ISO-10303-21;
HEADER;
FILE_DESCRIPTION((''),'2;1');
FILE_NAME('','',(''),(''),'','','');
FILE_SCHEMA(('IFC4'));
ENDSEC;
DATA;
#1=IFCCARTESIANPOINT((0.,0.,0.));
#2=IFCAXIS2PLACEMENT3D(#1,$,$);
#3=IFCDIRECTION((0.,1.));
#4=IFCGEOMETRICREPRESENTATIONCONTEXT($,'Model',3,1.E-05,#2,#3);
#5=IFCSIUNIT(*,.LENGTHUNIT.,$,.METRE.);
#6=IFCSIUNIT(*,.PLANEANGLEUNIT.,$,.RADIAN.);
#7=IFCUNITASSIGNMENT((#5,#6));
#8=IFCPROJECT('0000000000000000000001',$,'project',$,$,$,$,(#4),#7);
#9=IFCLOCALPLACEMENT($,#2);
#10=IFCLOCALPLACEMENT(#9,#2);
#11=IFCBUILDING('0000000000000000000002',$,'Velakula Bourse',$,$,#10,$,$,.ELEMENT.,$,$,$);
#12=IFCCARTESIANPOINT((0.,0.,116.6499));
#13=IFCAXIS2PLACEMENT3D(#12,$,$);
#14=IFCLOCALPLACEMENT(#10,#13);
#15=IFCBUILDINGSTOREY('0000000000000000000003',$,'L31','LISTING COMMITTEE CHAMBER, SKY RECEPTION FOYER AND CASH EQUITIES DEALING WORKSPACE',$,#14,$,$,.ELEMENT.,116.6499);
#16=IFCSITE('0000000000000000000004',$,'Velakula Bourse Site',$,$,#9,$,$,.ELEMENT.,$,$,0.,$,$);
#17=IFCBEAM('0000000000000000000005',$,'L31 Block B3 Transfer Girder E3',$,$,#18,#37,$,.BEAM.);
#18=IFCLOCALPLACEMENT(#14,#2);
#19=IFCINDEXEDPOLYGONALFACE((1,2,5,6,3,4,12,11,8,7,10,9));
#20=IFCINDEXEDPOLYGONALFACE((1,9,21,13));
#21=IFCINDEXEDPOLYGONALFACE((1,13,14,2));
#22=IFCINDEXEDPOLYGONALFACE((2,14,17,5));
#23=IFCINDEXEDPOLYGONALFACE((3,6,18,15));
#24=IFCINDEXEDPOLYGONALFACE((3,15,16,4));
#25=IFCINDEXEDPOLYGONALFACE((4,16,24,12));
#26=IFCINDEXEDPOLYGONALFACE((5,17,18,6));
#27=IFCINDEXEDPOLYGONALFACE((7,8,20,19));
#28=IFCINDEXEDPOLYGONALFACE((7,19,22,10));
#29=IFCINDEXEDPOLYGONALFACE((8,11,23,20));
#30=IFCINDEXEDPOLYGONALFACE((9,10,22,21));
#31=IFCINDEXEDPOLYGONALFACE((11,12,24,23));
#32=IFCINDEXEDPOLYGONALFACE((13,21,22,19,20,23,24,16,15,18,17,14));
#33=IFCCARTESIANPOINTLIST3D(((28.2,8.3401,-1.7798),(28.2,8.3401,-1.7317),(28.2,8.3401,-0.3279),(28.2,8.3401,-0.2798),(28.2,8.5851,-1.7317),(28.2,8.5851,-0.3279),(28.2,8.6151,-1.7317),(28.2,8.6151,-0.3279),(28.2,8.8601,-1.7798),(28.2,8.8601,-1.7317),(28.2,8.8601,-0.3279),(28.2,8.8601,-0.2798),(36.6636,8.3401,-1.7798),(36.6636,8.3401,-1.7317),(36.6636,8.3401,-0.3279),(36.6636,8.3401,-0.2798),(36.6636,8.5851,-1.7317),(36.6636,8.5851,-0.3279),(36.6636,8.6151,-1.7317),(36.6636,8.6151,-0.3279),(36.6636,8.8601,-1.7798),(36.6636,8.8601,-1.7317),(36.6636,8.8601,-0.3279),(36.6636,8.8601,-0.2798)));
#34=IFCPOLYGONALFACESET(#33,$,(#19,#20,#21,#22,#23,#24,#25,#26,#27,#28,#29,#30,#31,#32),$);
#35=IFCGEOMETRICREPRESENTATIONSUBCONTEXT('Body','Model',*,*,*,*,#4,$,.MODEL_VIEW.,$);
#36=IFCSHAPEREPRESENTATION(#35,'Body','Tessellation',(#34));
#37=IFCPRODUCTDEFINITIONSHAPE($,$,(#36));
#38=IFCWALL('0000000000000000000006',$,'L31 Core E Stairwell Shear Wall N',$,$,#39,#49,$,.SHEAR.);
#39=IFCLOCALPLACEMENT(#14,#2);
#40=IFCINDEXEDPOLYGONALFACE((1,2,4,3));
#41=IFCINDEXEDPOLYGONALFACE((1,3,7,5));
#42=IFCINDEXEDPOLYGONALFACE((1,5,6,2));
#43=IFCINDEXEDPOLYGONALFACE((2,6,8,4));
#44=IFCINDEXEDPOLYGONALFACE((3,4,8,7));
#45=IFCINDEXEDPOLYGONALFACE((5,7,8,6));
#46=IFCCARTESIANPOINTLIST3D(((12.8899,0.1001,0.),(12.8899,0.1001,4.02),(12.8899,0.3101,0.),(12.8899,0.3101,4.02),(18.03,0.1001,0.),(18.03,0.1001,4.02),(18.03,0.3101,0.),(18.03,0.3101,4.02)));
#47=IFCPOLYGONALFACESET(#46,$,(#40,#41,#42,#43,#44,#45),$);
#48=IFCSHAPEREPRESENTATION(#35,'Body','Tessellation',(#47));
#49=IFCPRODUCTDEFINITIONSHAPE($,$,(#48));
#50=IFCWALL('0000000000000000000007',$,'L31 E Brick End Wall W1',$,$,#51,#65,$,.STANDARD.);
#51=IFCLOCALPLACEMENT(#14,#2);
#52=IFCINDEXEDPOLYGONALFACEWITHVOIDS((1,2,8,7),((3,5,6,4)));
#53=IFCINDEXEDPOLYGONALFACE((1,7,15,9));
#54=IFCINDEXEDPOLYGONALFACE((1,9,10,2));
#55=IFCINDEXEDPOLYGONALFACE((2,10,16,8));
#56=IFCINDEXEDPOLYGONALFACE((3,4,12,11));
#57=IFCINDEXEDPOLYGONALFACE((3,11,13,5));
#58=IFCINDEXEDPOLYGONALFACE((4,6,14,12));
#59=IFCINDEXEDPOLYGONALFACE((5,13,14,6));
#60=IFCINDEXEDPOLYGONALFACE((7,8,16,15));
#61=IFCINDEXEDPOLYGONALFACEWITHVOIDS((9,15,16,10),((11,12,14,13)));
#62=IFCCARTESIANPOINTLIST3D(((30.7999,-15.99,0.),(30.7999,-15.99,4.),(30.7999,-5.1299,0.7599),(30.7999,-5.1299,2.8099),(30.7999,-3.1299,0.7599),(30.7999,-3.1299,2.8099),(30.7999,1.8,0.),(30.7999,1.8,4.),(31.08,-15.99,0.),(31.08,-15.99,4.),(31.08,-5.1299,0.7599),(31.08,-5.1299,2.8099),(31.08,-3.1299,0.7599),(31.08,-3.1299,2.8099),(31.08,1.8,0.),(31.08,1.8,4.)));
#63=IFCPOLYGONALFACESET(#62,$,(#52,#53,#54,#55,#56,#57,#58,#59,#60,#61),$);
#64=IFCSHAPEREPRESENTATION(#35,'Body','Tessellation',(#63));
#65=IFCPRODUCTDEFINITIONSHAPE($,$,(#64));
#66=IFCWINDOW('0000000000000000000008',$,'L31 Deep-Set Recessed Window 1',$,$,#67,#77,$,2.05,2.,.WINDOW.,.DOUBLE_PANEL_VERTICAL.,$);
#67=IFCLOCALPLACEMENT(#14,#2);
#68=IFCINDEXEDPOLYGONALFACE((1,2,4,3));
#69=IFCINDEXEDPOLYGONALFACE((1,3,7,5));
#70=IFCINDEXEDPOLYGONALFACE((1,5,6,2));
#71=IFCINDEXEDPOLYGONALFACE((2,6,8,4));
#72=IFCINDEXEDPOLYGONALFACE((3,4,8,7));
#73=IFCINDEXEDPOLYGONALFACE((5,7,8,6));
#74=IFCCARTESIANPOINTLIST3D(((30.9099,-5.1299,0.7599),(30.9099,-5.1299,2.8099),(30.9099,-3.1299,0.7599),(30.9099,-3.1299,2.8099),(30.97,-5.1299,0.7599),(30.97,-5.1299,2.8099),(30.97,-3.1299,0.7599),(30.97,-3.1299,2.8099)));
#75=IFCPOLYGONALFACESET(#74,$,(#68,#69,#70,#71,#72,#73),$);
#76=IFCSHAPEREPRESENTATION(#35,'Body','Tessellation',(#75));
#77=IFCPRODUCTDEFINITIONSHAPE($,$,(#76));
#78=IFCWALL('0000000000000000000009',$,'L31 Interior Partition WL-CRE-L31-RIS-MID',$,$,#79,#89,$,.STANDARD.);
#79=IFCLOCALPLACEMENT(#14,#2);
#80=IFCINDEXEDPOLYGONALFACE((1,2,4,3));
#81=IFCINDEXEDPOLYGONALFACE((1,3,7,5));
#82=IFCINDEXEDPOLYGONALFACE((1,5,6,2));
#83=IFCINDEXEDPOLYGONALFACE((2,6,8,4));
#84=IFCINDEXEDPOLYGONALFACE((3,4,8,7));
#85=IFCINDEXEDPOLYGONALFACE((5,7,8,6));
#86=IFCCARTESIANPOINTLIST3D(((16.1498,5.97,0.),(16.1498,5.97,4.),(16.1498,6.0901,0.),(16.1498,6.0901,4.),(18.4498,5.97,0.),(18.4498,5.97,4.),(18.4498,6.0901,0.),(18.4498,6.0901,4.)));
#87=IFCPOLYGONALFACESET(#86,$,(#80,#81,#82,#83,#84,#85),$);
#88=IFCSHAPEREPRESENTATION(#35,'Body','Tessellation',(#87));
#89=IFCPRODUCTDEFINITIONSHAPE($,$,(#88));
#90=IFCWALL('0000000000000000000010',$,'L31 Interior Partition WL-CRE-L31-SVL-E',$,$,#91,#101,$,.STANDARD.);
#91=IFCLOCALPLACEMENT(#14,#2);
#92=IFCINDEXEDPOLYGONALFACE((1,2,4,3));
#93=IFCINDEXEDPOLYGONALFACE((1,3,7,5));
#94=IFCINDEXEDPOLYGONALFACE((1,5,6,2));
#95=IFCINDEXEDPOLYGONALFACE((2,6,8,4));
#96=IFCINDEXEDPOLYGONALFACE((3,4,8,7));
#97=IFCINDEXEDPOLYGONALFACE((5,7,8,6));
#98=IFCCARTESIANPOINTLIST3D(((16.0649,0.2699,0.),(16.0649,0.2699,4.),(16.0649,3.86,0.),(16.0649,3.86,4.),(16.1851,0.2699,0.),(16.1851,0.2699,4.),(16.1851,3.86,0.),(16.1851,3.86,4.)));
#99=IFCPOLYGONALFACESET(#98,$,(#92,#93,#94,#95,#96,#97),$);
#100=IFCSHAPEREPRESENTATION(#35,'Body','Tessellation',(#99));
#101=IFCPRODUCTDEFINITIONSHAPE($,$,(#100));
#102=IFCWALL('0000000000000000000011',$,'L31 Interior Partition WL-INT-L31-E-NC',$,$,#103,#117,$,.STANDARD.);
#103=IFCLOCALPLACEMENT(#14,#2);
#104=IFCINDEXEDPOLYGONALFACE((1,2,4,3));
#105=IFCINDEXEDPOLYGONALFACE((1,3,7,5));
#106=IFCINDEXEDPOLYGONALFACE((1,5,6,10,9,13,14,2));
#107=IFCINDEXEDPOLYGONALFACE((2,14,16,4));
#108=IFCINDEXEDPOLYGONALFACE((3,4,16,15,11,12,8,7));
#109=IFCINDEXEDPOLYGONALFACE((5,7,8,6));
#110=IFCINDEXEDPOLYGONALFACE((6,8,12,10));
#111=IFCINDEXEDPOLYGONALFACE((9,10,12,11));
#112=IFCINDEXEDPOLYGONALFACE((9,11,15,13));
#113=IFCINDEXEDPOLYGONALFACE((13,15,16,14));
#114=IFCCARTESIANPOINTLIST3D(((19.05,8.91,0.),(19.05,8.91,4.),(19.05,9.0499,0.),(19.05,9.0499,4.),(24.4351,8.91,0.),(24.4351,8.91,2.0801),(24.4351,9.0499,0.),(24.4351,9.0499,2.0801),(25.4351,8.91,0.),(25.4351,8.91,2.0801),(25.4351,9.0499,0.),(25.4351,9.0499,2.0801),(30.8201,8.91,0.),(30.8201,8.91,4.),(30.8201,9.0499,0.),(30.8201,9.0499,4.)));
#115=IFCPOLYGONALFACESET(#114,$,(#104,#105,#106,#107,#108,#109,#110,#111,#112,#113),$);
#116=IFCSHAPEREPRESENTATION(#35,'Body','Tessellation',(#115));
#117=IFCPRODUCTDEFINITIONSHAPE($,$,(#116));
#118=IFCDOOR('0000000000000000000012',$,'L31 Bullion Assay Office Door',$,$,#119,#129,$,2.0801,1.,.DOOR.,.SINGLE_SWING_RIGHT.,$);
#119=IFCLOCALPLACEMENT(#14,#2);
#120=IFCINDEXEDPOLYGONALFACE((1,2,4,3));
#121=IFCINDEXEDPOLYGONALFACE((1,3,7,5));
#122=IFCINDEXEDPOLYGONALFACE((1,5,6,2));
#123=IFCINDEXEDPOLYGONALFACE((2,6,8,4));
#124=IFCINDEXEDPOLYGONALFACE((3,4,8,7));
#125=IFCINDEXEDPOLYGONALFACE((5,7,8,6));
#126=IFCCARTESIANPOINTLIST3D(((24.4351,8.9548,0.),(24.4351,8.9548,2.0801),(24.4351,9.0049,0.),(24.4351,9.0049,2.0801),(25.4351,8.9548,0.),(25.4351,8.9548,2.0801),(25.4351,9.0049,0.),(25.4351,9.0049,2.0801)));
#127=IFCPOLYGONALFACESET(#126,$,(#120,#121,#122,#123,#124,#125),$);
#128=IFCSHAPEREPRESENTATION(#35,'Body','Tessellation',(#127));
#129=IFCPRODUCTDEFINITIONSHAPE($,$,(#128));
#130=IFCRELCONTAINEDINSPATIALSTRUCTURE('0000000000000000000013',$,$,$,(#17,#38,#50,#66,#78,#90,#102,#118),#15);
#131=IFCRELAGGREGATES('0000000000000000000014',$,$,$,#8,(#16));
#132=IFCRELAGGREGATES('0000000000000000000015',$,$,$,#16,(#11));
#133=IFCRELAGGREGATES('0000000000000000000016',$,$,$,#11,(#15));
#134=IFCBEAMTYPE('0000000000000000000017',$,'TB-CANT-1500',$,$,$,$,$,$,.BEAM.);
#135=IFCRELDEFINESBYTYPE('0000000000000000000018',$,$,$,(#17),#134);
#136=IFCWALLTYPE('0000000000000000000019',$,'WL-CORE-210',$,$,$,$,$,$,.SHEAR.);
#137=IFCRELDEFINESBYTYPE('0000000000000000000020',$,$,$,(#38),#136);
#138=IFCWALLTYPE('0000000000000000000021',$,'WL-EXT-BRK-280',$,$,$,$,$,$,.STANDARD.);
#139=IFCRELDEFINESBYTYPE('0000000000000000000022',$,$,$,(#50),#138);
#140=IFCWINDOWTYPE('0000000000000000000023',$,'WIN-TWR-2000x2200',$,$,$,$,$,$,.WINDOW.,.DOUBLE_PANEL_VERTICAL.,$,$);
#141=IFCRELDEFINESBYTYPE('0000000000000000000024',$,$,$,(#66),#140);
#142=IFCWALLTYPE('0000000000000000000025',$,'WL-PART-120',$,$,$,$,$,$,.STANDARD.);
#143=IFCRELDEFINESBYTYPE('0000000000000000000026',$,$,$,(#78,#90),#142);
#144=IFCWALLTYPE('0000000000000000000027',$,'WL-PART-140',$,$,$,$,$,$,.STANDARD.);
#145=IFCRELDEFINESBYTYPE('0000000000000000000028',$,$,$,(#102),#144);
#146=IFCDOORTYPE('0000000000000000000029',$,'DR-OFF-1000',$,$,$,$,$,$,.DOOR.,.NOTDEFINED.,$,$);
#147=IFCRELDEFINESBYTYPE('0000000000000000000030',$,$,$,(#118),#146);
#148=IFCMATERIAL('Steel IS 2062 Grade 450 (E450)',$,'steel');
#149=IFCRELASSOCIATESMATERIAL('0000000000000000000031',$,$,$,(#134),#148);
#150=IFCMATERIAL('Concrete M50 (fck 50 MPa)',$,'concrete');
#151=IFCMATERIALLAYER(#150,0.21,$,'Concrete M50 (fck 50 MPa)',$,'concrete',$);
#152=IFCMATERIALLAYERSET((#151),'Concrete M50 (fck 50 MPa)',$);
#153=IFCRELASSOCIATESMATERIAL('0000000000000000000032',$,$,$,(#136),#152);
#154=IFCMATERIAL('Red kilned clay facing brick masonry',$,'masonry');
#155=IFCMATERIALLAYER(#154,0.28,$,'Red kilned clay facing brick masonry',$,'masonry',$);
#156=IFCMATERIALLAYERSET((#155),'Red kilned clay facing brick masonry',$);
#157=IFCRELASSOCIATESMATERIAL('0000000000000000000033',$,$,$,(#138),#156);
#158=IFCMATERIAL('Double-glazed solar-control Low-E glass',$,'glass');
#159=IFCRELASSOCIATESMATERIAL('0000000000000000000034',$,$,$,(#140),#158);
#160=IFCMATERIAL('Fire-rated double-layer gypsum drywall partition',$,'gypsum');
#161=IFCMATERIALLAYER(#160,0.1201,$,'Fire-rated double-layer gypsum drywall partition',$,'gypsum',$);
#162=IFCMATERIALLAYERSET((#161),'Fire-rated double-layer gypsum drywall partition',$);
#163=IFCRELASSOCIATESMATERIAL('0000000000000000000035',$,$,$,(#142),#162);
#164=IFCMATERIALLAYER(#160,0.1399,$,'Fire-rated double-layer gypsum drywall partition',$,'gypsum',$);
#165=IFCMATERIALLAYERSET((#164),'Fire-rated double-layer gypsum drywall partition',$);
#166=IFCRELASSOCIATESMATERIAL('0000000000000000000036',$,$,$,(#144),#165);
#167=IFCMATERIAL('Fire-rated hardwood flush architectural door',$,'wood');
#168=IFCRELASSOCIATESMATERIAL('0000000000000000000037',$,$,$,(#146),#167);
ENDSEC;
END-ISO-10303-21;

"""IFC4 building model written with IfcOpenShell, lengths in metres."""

from ifc_helpers import new_model, si_unit, direction, frame, frame_2d, origin, origin_2d, place, context, subcontext, project, spatial, rectangle, i_section, extrude, material, layer, layer_set, material_profile, profile_set, type_object, element, fill, save


model = new_model("IFC4")

# Units and contexts
model_context = context("Model", 3, precision=1e-05, world=origin(), true_north=direction((0.0, 1.0)))
body_context = subcontext(model_context, "Body", "Model", "MODEL_VIEW")
ifc_project = project(units=[si_unit("LENGTHUNIT", "METRE"), si_unit("PLANEANGLEUNIT", "RADIAN")], contexts=[model_context])

# Site, building, storey
site_placement = place(None, origin())
site = spatial("IfcSite", under=ifc_project, at=site_placement, Name="Velakula Bourse Site", CompositionType="ELEMENT", RefElevation=0.0)
building_placement = place(site_placement, origin())
building = spatial("IfcBuilding", under=site, at=building_placement, Name="Velakula Bourse", CompositionType="ELEMENT")
storey_placement = place(building_placement, frame((0.0, 0.0, 116.6499)))
storey = spatial("IfcBuildingStorey", under=building, at=storey_placement, Name="L31", Description="LISTING COMMITTEE CHAMBER, SKY RECEPTION FOYER AND CASH EQUITIES DEALING WORKSPACE", CompositionType="ELEMENT", Elevation=116.6499)

# Beam
ifc_material_1 = material(Name="Concrete M50 (fck 50 MPa)", Category="concrete")
ifc_material_2 = material(Name="Steel IS 2062 Grade 450 (E450)", Category="steel")
ifc_material_profile_1 = material_profile(ifc_material_2, i_section(OverallWidth=0.52, OverallDepth=1.5, WebThickness=0.03, FlangeThickness=0.0481, at=origin_2d()), Name="Steel IS 2062 Grade 450 (E450)")
ifc_profile_set_1 = profile_set([ifc_material_profile_1], Name="Steel IS 2062 Grade 450 (E450)")
beam_type_1 = type_object("IfcBeamType", Name="TB-CANT-1500", PredefinedType="BEAM", material=ifc_profile_set_1)
beam_1_placement = place(storey_placement, frame((28.2, 8.6001, -1.0298), z_axis=(1.0, 0.0, 0.0), x_axis=(0.0, 1.0, 0.0)))
element("IfcBeam", 1, at=beam_1_placement, inside=storey, type_object=beam_type_1, Name="L31 Block B3 Transfer Girder E3", PredefinedType="BEAM", context=body_context, shape_type="SweptSolid", body=[
    extrude(i_section(OverallWidth=0.52, OverallDepth=1.5, WebThickness=0.03, FlangeThickness=0.0481, at=origin_2d()), origin(), (0.0, 0.0, 1.0), 8.4636),
])

# Wall
ifc_layer_1 = layer(ifc_material_1, 0.21, Name="Concrete M50 (fck 50 MPa)", Category="concrete")
ifc_layer_set_1 = layer_set([ifc_layer_1], Name="Concrete M50 (fck 50 MPa)")
wall_type_1 = type_object("IfcWallType", Name="WL-CORE-210", PredefinedType="SHEAR", material=ifc_layer_set_1)
wall_1_placement = place(storey_placement, frame((18.03, 0.2051, 0.0), z_axis=(0.0, 0.0, 1.0), x_axis=(-1.0, 0.0, 0.0)))
element("IfcWall", 2, at=wall_1_placement, inside=storey, type_object=wall_type_1, Name="L31 Core E Stairwell Shear Wall N", PredefinedType="SHEAR", context=body_context, shape_type="SweptSolid", body=[
    extrude(rectangle(XDim=5.1401, YDim=0.21, at=frame_2d((2.5701, 0.0))), origin(), (0.0, 0.0, 1.0), 4.02),
])

# Wall, opening, window
ifc_material_3 = material(Name="Red kilned clay facing brick masonry", Category="masonry")
ifc_layer_2 = layer(ifc_material_3, 0.28, Name="Red kilned clay facing brick masonry", Category="masonry")
ifc_layer_set_2 = layer_set([ifc_layer_2], Name="Red kilned clay facing brick masonry")
wall_type_2 = type_object("IfcWallType", Name="WL-EXT-BRK-280", PredefinedType="STANDARD", material=ifc_layer_set_2)
wall_2_placement = place(storey_placement, frame((30.9399, 1.8, 0.0), z_axis=(0.0, 0.0, 1.0), x_axis=(0.0, -1.0, 0.0)))
wall_2 = element("IfcWall", 3, at=wall_2_placement, inside=storey, type_object=wall_type_2, Name="L31 E Brick End Wall W1", PredefinedType="STANDARD", context=body_context, shape_type="SweptSolid", body=[
    extrude(rectangle(XDim=17.79, YDim=0.28, at=frame_2d((8.895, 0.0))), origin(), (0.0, 0.0, 1.0), 4.0),
])
opening_1_placement = place(wall_2_placement, frame((4.9299, 0.0, 0.76)))
opening_1 = element("IfcOpeningElement", 4, at=opening_1_placement, cuts=wall_2, PredefinedType="OPENING", context=body_context, shape_type="SweptSolid", body=[
    extrude(rectangle(XDim=2.0, YDim=2.05, at=frame_2d((1.0, 1.0249))), frame((0.0, 0.1499, 0.0), z_axis=(0.0, -1.0, 0.0), x_axis=(1.0, 0.0, 0.0)), (0.0, 0.0, 1.0), 0.3),
])
ifc_material_4 = material(Name="Double-glazed solar-control Low-E glass", Category="glass")
window_type = type_object("IfcWindowType", Name="WIN-TWR-2000x2200", PartitioningType="DOUBLE_PANEL_VERTICAL", PredefinedType="WINDOW", material=ifc_material_4)
window_placement = place(opening_1_placement, origin())
window = element("IfcWindow", 5, at=window_placement, inside=storey, type_object=window_type, Name="L31 Deep-Set Recessed Window 1", OverallHeight=2.05, OverallWidth=2.0, PartitioningType="DOUBLE_PANEL_VERTICAL", PredefinedType="WINDOW", context=body_context, shape_type="SweptSolid", body=[
    extrude(rectangle(XDim=2.0, YDim=2.05, at=frame_2d((1.0, 1.0249))), frame((0.0, 0.03, 0.0), z_axis=(0.0, -1.0, 0.0), x_axis=(1.0, 0.0, 0.0)), (0.0, 0.0, 1.0), 0.0601),
])
fill(opening_1, window)

# Walls
ifc_material_5 = material(Name="Fire-rated double-layer gypsum drywall partition", Category="gypsum")
ifc_layer_3 = layer(ifc_material_5, 0.1201, Name="Fire-rated double-layer gypsum drywall partition", Category="gypsum")
ifc_layer_set_3 = layer_set([ifc_layer_3], Name="Fire-rated double-layer gypsum drywall partition")
wall_type_3 = type_object("IfcWallType", Name="WL-PART-120", PredefinedType="STANDARD", material=ifc_layer_set_3)
wall_3_placement = place(storey_placement, frame((16.1499, 6.03, 0.0), z_axis=(0.0, 0.0, 1.0), x_axis=(1.0, 0.0, 0.0)))
element("IfcWall", 6, at=wall_3_placement, inside=storey, type_object=wall_type_3, Name="L31 Interior Partition WL-CRE-L31-RIS-MID", PredefinedType="STANDARD", context=body_context, shape_type="SweptSolid", body=[
    extrude(rectangle(XDim=2.3, YDim=0.1201, at=frame_2d((1.1499, 0.0))), origin(), (0.0, 0.0, 1.0), 4.0),
])
wall_4_placement = place(storey_placement, frame((16.125, 0.27, 0.0), z_axis=(0.0, 0.0, 1.0), x_axis=(0.0, 1.0, 0.0)))
element("IfcWall", 7, at=wall_4_placement, inside=storey, type_object=wall_type_3, Name="L31 Interior Partition WL-CRE-L31-SVL-E", PredefinedType="STANDARD", context=body_context, shape_type="SweptSolid", body=[
    extrude(rectangle(XDim=3.5901, YDim=0.1201, at=frame_2d((1.7949, 0.0))), origin(), (0.0, 0.0, 1.0), 4.0),
])

# Wall, opening, door
ifc_layer_4 = layer(ifc_material_5, 0.1399, Name="Fire-rated double-layer gypsum drywall partition", Category="gypsum")
ifc_layer_set_4 = layer_set([ifc_layer_4], Name="Fire-rated double-layer gypsum drywall partition")
wall_type_4 = type_object("IfcWallType", Name="WL-PART-140", PredefinedType="STANDARD", material=ifc_layer_set_4)
wall_5_placement = place(storey_placement, frame((19.05, 8.98, 0.0), z_axis=(0.0, 0.0, 1.0), x_axis=(1.0, 0.0, 0.0)))
wall_5 = element("IfcWall", 8, at=wall_5_placement, inside=storey, type_object=wall_type_4, Name="L31 Interior Partition WL-INT-L31-E-NC", PredefinedType="STANDARD", context=body_context, shape_type="SweptSolid", body=[
    extrude(rectangle(XDim=11.77, YDim=0.1399, at=frame_2d((5.885, 0.0))), origin(), (0.0, 0.0, 1.0), 4.0),
])
opening_2_placement = place(wall_5_placement, frame((5.385, 0.0, 0.0)))
opening_2 = element("IfcOpeningElement", 9, at=opening_2_placement, cuts=wall_5, PredefinedType="OPENING", context=body_context, shape_type="SweptSolid", body=[
    extrude(rectangle(XDim=1.0, YDim=2.0801, at=frame_2d((0.5, 1.04))), frame((0.0, 0.0798, 0.0), z_axis=(0.0, -1.0, 0.0), x_axis=(1.0, 0.0, 0.0)), (0.0, 0.0, 1.0), 0.1599),
])
ifc_material_6 = material(Name="Fire-rated hardwood flush architectural door", Category="wood")
door_type = type_object("IfcDoorType", Name="DR-OFF-1000", OperationType="NOTDEFINED", PredefinedType="DOOR", material=ifc_material_6)
door_placement = place(opening_2_placement, origin())
door = element("IfcDoor", 10, at=door_placement, inside=storey, type_object=door_type, Name="L31 Bullion Assay Office Door", OperationType="SINGLE_SWING_RIGHT", OverallHeight=2.0801, OverallWidth=1.0, PredefinedType="DOOR", context=body_context, shape_type="SweptSolid", body=[
    extrude(rectangle(XDim=1.0, YDim=2.0801, at=frame_2d((0.5, 1.04))), frame((0.0, 0.0249, 0.0), z_axis=(0.0, -1.0, 0.0), x_axis=(1.0, 0.0, 0.0)), (0.0, 0.0, 1.0), 0.05),
])
fill(opening_2, door)

save(model, "model.ifc")
